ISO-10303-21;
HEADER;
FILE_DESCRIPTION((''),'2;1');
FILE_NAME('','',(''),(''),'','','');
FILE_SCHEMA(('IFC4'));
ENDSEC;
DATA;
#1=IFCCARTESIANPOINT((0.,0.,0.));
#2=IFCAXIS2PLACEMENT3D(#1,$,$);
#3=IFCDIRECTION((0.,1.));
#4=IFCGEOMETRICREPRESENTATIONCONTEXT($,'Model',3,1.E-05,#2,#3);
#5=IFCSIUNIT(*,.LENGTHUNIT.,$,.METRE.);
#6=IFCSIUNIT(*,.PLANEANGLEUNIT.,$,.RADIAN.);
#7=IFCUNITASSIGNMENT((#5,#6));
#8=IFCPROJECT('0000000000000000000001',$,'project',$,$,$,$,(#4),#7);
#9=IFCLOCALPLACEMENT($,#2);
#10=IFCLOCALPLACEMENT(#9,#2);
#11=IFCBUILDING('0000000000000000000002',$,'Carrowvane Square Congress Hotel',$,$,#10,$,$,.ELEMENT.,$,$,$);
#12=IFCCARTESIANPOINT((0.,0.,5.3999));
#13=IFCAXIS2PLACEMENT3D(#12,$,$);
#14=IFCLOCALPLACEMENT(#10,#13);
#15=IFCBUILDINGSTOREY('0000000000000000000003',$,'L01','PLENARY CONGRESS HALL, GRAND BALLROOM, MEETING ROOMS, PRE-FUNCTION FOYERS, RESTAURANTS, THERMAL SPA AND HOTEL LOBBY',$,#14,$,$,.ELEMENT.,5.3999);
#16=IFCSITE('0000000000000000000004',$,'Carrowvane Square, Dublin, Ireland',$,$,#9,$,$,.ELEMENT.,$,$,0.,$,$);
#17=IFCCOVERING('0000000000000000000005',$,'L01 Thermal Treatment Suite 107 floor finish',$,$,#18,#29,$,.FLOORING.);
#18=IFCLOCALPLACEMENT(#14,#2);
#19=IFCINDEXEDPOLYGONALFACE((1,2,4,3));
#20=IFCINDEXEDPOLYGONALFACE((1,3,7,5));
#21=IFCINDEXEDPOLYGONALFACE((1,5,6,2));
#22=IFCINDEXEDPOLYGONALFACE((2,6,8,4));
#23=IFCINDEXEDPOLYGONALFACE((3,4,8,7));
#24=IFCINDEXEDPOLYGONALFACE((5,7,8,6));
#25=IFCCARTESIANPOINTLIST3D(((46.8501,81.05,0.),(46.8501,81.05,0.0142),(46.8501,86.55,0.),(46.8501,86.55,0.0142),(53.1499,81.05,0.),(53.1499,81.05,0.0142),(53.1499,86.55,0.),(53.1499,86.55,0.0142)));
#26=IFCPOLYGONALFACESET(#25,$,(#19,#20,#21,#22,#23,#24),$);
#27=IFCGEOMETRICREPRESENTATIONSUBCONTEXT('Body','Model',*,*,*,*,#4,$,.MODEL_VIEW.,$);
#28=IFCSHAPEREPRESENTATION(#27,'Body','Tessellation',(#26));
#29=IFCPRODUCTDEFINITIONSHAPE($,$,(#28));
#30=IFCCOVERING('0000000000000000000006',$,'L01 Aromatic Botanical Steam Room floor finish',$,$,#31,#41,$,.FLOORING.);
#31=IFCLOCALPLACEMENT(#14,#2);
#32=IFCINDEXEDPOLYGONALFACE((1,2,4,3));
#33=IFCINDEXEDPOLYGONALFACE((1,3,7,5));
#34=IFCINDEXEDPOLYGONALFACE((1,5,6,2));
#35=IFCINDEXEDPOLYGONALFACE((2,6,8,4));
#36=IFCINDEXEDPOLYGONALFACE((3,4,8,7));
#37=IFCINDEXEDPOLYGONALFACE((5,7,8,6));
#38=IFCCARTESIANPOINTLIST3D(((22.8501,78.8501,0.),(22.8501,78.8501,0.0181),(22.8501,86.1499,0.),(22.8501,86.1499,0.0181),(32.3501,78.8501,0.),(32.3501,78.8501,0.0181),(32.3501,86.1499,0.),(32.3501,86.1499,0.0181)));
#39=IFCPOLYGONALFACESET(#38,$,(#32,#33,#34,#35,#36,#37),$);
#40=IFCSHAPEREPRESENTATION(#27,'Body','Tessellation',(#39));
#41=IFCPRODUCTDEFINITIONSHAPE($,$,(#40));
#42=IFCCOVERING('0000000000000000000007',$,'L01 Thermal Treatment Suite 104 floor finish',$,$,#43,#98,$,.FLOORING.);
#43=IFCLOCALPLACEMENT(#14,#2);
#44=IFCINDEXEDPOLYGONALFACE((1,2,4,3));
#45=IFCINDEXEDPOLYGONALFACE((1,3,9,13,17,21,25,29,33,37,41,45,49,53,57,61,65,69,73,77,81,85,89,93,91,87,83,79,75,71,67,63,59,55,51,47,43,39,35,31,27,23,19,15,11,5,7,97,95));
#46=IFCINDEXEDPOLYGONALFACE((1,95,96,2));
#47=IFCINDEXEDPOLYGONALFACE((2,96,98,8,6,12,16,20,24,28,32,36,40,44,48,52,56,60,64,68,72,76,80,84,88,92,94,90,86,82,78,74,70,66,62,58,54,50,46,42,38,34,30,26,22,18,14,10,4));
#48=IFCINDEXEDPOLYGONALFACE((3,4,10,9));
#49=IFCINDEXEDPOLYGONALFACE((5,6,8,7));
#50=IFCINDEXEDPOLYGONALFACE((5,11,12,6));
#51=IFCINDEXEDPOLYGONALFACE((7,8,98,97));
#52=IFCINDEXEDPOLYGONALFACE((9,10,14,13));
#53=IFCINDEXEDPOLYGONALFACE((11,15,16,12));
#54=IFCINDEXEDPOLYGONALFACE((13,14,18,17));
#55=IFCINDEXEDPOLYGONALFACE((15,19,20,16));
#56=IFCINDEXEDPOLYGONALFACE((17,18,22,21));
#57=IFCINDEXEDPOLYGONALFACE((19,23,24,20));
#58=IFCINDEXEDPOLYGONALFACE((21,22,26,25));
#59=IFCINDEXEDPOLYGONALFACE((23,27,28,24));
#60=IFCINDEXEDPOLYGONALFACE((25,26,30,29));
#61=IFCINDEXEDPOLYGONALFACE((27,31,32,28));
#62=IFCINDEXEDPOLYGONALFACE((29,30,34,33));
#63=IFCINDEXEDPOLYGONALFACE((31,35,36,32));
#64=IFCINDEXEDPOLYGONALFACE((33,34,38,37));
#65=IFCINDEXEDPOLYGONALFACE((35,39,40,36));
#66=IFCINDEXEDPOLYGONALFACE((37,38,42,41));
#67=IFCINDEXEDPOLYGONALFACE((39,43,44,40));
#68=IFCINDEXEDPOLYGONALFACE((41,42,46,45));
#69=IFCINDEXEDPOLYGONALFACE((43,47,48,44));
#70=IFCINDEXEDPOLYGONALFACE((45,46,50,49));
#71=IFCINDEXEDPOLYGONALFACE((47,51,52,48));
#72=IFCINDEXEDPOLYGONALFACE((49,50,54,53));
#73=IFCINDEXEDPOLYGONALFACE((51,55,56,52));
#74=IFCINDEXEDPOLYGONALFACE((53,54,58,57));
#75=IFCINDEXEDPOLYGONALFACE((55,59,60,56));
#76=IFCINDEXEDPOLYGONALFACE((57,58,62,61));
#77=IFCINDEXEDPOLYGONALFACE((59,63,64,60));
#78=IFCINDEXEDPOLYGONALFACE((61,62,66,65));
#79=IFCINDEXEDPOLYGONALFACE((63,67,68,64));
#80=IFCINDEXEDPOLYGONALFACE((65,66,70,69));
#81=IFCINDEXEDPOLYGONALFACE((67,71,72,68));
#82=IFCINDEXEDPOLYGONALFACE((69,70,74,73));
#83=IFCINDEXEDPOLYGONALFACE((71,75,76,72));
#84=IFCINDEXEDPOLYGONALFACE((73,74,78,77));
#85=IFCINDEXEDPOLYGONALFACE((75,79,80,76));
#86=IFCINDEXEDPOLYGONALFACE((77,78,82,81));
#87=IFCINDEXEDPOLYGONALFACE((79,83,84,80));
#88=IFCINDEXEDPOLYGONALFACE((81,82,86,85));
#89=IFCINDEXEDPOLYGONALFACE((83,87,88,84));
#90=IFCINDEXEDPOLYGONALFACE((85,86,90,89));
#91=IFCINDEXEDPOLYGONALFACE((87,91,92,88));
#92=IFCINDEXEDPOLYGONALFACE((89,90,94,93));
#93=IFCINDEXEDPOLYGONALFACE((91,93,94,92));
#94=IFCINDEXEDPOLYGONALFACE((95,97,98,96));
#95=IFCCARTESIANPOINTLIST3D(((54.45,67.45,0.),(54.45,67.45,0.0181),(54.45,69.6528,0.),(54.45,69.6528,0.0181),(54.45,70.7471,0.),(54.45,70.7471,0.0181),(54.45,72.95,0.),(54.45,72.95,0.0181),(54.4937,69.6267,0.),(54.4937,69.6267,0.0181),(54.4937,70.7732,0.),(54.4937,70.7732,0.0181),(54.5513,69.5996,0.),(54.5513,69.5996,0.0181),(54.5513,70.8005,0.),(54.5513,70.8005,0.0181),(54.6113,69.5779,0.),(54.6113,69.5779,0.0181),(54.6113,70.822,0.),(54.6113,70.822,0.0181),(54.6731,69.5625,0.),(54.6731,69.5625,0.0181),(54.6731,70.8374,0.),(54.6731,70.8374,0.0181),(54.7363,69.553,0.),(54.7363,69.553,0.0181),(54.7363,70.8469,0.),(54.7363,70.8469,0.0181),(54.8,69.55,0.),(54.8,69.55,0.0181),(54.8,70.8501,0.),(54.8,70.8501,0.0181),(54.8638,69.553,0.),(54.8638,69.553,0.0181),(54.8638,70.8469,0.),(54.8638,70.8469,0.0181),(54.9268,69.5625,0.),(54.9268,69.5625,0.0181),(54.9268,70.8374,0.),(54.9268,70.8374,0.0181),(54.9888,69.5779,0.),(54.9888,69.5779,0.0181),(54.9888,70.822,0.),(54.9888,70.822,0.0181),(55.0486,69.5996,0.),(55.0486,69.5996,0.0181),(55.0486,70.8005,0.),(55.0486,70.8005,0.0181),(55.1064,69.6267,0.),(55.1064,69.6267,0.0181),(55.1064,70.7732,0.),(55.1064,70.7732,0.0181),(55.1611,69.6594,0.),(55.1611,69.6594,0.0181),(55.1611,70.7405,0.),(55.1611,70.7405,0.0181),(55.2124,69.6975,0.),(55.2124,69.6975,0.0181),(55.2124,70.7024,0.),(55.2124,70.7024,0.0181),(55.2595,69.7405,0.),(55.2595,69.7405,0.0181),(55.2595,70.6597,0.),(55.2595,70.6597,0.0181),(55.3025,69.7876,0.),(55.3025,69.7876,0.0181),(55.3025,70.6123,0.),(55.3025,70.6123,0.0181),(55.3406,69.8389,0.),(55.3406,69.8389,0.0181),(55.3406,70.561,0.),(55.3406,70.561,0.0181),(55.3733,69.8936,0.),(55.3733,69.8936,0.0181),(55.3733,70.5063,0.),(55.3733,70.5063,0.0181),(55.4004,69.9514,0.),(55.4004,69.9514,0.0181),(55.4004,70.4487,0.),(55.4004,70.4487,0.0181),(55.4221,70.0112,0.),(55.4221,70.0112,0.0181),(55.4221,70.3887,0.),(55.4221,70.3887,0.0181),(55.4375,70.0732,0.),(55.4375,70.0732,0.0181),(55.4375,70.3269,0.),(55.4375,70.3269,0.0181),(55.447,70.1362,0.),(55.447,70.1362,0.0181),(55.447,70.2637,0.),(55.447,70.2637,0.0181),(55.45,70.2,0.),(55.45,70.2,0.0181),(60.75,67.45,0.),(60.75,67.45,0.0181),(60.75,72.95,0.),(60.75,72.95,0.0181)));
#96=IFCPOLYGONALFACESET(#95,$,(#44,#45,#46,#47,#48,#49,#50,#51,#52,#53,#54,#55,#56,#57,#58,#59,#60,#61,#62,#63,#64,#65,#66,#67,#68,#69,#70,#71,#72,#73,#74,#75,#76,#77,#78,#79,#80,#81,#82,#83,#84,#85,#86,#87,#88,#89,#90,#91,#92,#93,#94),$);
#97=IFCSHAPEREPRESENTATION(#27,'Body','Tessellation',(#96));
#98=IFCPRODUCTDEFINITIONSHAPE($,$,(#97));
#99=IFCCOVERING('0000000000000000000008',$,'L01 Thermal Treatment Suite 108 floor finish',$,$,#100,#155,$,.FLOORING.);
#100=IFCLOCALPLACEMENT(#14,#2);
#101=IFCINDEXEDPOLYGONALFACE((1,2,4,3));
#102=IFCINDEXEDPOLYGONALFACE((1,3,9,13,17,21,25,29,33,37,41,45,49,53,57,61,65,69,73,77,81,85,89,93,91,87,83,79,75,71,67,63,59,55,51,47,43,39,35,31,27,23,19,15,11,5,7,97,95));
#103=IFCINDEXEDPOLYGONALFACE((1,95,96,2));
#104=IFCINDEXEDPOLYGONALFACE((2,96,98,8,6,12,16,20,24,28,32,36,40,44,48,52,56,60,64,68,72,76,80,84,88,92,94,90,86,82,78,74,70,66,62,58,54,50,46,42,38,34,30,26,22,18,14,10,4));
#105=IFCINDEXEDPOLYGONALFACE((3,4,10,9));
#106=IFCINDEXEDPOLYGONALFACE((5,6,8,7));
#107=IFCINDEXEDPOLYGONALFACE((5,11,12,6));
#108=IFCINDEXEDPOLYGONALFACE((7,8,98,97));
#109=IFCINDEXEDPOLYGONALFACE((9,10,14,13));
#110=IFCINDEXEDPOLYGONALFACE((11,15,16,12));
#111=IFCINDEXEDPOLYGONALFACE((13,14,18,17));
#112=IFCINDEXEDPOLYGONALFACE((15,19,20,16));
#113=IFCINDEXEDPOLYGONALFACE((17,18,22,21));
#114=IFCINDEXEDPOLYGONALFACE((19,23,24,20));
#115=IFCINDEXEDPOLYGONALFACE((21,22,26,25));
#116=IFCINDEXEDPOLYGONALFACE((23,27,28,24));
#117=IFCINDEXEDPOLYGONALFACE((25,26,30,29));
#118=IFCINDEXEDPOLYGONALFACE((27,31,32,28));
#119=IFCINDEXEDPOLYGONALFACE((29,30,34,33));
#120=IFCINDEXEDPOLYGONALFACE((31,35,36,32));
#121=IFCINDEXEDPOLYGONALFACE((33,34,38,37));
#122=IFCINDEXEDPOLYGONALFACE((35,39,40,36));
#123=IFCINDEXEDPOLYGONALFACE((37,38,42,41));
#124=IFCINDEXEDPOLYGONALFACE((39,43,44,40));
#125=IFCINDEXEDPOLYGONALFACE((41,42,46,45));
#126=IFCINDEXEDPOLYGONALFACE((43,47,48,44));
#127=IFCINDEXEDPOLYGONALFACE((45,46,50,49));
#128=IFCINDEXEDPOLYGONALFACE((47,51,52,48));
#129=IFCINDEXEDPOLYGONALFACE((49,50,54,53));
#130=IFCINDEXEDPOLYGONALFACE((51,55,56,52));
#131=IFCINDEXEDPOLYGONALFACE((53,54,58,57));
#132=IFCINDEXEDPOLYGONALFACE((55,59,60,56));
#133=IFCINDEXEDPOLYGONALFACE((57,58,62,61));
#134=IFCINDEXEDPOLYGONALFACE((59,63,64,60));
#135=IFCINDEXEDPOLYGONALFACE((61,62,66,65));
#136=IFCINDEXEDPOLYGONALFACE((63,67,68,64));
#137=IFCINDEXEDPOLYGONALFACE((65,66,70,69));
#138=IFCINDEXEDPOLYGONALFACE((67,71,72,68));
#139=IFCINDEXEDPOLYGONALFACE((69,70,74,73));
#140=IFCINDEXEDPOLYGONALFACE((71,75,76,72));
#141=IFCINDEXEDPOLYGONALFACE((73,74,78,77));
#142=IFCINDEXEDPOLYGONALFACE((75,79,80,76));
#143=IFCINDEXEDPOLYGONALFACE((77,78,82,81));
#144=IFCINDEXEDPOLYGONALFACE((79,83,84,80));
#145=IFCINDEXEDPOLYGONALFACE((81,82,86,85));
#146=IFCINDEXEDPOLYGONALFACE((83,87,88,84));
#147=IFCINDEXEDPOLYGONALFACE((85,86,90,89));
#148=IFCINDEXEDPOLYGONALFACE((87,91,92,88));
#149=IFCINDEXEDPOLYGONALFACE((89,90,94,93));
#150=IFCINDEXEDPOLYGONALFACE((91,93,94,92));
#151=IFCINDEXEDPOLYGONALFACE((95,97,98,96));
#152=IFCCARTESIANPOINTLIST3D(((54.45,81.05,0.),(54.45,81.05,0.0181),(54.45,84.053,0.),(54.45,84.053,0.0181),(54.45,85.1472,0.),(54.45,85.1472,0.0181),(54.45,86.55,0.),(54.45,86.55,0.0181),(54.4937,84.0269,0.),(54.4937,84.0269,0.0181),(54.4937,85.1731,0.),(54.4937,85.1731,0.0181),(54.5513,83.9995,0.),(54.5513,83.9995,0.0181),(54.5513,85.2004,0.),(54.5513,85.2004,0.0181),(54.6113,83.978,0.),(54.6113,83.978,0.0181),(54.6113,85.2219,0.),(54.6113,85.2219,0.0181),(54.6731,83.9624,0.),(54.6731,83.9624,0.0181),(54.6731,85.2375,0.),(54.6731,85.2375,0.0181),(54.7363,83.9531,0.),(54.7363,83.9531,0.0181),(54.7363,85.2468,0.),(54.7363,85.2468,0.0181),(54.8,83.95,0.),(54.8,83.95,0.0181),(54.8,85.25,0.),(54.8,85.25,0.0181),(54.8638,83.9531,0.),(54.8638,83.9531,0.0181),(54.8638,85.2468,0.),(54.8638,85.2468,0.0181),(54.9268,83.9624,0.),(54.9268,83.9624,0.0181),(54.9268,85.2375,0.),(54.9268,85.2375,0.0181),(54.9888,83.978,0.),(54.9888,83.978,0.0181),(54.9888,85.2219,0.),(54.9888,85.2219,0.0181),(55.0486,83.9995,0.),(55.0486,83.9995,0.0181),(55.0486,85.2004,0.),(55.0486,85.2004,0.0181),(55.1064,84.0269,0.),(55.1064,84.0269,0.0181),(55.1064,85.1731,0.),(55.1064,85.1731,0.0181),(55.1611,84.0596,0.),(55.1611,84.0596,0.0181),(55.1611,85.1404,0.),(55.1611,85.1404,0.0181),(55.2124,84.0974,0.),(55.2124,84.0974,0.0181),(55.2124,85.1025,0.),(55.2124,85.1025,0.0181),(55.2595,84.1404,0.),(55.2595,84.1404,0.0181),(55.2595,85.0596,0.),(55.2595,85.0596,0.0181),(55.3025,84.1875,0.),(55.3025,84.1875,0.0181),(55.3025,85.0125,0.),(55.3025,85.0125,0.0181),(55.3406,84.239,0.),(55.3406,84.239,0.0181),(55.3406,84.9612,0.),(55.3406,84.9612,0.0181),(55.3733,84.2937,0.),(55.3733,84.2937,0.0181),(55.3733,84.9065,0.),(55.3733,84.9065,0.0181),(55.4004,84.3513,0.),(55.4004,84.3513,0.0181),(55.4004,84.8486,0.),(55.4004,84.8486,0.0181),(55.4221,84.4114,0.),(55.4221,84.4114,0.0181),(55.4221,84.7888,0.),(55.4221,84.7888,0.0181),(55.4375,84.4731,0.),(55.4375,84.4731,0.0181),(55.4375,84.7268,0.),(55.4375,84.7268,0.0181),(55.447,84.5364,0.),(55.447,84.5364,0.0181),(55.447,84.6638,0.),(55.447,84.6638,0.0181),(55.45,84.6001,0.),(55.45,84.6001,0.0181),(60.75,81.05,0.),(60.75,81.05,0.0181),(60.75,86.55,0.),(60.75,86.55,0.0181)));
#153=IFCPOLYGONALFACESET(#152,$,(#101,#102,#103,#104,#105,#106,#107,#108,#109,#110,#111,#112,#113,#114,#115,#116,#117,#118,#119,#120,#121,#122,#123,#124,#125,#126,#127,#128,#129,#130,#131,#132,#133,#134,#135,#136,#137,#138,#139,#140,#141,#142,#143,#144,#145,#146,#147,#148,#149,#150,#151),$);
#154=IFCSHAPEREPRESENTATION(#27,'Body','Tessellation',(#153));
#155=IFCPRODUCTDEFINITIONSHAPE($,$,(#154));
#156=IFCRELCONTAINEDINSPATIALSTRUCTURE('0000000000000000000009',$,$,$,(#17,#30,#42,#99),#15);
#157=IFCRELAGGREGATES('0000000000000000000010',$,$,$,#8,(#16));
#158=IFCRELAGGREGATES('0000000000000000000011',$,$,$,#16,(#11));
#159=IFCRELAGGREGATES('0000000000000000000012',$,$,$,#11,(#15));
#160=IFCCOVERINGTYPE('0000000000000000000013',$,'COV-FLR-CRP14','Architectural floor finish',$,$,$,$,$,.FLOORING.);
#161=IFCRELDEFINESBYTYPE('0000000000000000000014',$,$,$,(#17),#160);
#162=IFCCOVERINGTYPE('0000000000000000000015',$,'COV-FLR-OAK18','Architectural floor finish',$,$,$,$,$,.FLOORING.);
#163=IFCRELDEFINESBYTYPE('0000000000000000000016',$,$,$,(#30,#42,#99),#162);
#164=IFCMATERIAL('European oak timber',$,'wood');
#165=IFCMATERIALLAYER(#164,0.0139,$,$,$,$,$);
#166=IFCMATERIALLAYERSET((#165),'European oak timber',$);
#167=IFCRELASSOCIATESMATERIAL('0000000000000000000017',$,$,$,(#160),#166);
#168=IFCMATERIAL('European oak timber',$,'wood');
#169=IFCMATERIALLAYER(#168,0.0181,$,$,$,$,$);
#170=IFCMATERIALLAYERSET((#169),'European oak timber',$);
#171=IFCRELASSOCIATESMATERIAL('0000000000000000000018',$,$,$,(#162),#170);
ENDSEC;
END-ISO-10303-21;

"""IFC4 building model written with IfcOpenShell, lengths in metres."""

from ifc_helpers import new_model, si_unit, direction, frame, origin, place, context, subcontext, project, spatial, polyline, outline, extrude, material, layer, layer_set, type_object, element, save


model = new_model("IFC4")

# Units and contexts
model_context = context("Model", 3, precision=1e-05, world=origin(), true_north=direction((0.0, 1.0)))
body_context = subcontext(model_context, "Body", "Model", "MODEL_VIEW")
ifc_project = project(units=[si_unit("LENGTHUNIT", "METRE"), si_unit("PLANEANGLEUNIT", "RADIAN")], contexts=[model_context])

# Site, building, storey
site_placement = place(None, origin())
site = spatial("IfcSite", under=ifc_project, at=site_placement, Name="Carrowvane Square, Dublin, Ireland", CompositionType="ELEMENT", RefElevation=0.0)
building_placement = place(site_placement, origin())
building = spatial("IfcBuilding", under=site, at=building_placement, Name="Carrowvane Square Congress Hotel", CompositionType="ELEMENT")
storey_placement = place(building_placement, frame((0.0, 0.0, 5.3999)))
storey = spatial("IfcBuildingStorey", under=building, at=storey_placement, Name="L01", Description="PLENARY CONGRESS HALL, GRAND BALLROOM, MEETING ROOMS, PRE-FUNCTION FOYERS, RESTAURANTS, THERMAL SPA AND HOTEL LOBBY", CompositionType="ELEMENT", Elevation=5.3999)

# Coverings
ifc_material_1 = material(Name="European oak timber", Category="wood")
ifc_layer_1 = layer(ifc_material_1, 0.0139)
ifc_layer_set_1 = layer_set([ifc_layer_1], Name="European oak timber")
covering_type_1 = type_object("IfcCoveringType", Name="COV-FLR-CRP14", Description="Architectural floor finish", PredefinedType="FLOORING", material=ifc_layer_set_1)
covering_1_placement = place(storey_placement, origin())
element("IfcCovering", 1, at=covering_1_placement, inside=storey, type_object=covering_type_1, Name="L01 Thermal Treatment Suite 107 floor finish", PredefinedType="FLOORING", context=body_context, shape_type="SweptSolid", body=[
    extrude(outline(polyline([(53.1499, 86.55), (53.1499, 81.05), (46.8501, 81.05), (46.8501, 86.55), (53.1499, 86.55)])), origin(), (0.0, 0.0, 1.0), 0.0142),
])
ifc_material_2 = material(Name="European oak timber", Category="wood")
ifc_layer_2 = layer(ifc_material_2, 0.0181)
ifc_layer_set_2 = layer_set([ifc_layer_2], Name="European oak timber")
covering_type_2 = type_object("IfcCoveringType", Name="COV-FLR-OAK18", Description="Architectural floor finish", PredefinedType="FLOORING", material=ifc_layer_set_2)
covering_2_placement = place(storey_placement, origin())
element("IfcCovering", 2, at=covering_2_placement, inside=storey, type_object=covering_type_2, Name="L01 Aromatic Botanical Steam Room floor finish", PredefinedType="FLOORING", context=body_context, shape_type="SweptSolid", body=[
    extrude(outline(polyline([(32.3501, 86.1499), (32.3501, 78.8501), (22.8501, 78.8501), (22.8501, 86.1499), (32.3501, 86.1499)])), origin(), (0.0, 0.0, 1.0), 0.0181),
])
covering_3_placement = place(storey_placement, origin())
element("IfcCovering", 3, at=covering_3_placement, inside=storey, type_object=covering_type_2, Name="L01 Thermal Treatment Suite 104 floor finish", PredefinedType="FLOORING", context=body_context, shape_type="SweptSolid", body=[
    extrude(outline(polyline([(55.3733, 69.8936), (55.4004, 69.9514), (55.4221, 70.0112), (55.4375, 70.0732), (55.447, 70.1362), (55.45, 70.2), (55.447, 70.2637), (55.4375, 70.3269), (55.4221, 70.3887), (55.4004, 70.4487), (55.3733, 70.5063), (55.3406, 70.561), (55.3025, 70.6123), (55.2595, 70.6597), (55.2124, 70.7024), (55.1611, 70.7405), (55.1064, 70.7732), (55.0486, 70.8005), (54.9888, 70.822), (54.9268, 70.8374), (54.8638, 70.8469), (54.8, 70.8501), (54.7363, 70.8469), (54.6731, 70.8374), (54.6113, 70.822), (54.5513, 70.8005), (54.4937, 70.7732), (54.45, 70.7471), (54.45, 72.95), (60.75, 72.95), (60.75, 67.45), (54.45, 67.45), (54.45, 69.6528), (54.4937, 69.6267), (54.5513, 69.5996), (54.6113, 69.5779), (54.6731, 69.5625), (54.7363, 69.553), (54.8, 69.55), (54.8638, 69.553), (54.9268, 69.5625), (54.9888, 69.5779), (55.0486, 69.5996), (55.1064, 69.6267), (55.1611, 69.6594), (55.2124, 69.6975), (55.2595, 69.7405), (55.3025, 69.7876), (55.3406, 69.8389), (55.3733, 69.8936)])), origin(), (0.0, 0.0, 1.0), 0.0181),
])
covering_4_placement = place(storey_placement, origin())
element("IfcCovering", 4, at=covering_4_placement, inside=storey, type_object=covering_type_2, Name="L01 Thermal Treatment Suite 108 floor finish", PredefinedType="FLOORING", context=body_context, shape_type="SweptSolid", body=[
    extrude(outline(polyline([(55.3733, 84.2937), (55.4004, 84.3513), (55.4221, 84.4114), (55.4375, 84.4731), (55.447, 84.5364), (55.45, 84.6001), (55.447, 84.6638), (55.4375, 84.7268), (55.4221, 84.7888), (55.4004, 84.8486), (55.3733, 84.9065), (55.3406, 84.9612), (55.3025, 85.0125), (55.2595, 85.0596), (55.2124, 85.1025), (55.1611, 85.1404), (55.1064, 85.1731), (55.0486, 85.2004), (54.9888, 85.2219), (54.9268, 85.2375), (54.8638, 85.2468), (54.8, 85.25), (54.7363, 85.2468), (54.6731, 85.2375), (54.6113, 85.2219), (54.5513, 85.2004), (54.4937, 85.1731), (54.45, 85.1472), (54.45, 86.55), (60.75, 86.55), (60.75, 81.05), (54.45, 81.05), (54.45, 84.053), (54.4937, 84.0269), (54.5513, 83.9995), (54.6113, 83.978), (54.6731, 83.9624), (54.7363, 83.9531), (54.8, 83.95), (54.8638, 83.9531), (54.9268, 83.9624), (54.9888, 83.978), (55.0486, 83.9995), (55.1064, 84.0269), (55.1611, 84.0596), (55.2124, 84.0974), (55.2595, 84.1404), (55.3025, 84.1875), (55.3406, 84.239), (55.3733, 84.2937)])), origin(), (0.0, 0.0, 1.0), 0.0181),
])

save(model, "model.ifc")
